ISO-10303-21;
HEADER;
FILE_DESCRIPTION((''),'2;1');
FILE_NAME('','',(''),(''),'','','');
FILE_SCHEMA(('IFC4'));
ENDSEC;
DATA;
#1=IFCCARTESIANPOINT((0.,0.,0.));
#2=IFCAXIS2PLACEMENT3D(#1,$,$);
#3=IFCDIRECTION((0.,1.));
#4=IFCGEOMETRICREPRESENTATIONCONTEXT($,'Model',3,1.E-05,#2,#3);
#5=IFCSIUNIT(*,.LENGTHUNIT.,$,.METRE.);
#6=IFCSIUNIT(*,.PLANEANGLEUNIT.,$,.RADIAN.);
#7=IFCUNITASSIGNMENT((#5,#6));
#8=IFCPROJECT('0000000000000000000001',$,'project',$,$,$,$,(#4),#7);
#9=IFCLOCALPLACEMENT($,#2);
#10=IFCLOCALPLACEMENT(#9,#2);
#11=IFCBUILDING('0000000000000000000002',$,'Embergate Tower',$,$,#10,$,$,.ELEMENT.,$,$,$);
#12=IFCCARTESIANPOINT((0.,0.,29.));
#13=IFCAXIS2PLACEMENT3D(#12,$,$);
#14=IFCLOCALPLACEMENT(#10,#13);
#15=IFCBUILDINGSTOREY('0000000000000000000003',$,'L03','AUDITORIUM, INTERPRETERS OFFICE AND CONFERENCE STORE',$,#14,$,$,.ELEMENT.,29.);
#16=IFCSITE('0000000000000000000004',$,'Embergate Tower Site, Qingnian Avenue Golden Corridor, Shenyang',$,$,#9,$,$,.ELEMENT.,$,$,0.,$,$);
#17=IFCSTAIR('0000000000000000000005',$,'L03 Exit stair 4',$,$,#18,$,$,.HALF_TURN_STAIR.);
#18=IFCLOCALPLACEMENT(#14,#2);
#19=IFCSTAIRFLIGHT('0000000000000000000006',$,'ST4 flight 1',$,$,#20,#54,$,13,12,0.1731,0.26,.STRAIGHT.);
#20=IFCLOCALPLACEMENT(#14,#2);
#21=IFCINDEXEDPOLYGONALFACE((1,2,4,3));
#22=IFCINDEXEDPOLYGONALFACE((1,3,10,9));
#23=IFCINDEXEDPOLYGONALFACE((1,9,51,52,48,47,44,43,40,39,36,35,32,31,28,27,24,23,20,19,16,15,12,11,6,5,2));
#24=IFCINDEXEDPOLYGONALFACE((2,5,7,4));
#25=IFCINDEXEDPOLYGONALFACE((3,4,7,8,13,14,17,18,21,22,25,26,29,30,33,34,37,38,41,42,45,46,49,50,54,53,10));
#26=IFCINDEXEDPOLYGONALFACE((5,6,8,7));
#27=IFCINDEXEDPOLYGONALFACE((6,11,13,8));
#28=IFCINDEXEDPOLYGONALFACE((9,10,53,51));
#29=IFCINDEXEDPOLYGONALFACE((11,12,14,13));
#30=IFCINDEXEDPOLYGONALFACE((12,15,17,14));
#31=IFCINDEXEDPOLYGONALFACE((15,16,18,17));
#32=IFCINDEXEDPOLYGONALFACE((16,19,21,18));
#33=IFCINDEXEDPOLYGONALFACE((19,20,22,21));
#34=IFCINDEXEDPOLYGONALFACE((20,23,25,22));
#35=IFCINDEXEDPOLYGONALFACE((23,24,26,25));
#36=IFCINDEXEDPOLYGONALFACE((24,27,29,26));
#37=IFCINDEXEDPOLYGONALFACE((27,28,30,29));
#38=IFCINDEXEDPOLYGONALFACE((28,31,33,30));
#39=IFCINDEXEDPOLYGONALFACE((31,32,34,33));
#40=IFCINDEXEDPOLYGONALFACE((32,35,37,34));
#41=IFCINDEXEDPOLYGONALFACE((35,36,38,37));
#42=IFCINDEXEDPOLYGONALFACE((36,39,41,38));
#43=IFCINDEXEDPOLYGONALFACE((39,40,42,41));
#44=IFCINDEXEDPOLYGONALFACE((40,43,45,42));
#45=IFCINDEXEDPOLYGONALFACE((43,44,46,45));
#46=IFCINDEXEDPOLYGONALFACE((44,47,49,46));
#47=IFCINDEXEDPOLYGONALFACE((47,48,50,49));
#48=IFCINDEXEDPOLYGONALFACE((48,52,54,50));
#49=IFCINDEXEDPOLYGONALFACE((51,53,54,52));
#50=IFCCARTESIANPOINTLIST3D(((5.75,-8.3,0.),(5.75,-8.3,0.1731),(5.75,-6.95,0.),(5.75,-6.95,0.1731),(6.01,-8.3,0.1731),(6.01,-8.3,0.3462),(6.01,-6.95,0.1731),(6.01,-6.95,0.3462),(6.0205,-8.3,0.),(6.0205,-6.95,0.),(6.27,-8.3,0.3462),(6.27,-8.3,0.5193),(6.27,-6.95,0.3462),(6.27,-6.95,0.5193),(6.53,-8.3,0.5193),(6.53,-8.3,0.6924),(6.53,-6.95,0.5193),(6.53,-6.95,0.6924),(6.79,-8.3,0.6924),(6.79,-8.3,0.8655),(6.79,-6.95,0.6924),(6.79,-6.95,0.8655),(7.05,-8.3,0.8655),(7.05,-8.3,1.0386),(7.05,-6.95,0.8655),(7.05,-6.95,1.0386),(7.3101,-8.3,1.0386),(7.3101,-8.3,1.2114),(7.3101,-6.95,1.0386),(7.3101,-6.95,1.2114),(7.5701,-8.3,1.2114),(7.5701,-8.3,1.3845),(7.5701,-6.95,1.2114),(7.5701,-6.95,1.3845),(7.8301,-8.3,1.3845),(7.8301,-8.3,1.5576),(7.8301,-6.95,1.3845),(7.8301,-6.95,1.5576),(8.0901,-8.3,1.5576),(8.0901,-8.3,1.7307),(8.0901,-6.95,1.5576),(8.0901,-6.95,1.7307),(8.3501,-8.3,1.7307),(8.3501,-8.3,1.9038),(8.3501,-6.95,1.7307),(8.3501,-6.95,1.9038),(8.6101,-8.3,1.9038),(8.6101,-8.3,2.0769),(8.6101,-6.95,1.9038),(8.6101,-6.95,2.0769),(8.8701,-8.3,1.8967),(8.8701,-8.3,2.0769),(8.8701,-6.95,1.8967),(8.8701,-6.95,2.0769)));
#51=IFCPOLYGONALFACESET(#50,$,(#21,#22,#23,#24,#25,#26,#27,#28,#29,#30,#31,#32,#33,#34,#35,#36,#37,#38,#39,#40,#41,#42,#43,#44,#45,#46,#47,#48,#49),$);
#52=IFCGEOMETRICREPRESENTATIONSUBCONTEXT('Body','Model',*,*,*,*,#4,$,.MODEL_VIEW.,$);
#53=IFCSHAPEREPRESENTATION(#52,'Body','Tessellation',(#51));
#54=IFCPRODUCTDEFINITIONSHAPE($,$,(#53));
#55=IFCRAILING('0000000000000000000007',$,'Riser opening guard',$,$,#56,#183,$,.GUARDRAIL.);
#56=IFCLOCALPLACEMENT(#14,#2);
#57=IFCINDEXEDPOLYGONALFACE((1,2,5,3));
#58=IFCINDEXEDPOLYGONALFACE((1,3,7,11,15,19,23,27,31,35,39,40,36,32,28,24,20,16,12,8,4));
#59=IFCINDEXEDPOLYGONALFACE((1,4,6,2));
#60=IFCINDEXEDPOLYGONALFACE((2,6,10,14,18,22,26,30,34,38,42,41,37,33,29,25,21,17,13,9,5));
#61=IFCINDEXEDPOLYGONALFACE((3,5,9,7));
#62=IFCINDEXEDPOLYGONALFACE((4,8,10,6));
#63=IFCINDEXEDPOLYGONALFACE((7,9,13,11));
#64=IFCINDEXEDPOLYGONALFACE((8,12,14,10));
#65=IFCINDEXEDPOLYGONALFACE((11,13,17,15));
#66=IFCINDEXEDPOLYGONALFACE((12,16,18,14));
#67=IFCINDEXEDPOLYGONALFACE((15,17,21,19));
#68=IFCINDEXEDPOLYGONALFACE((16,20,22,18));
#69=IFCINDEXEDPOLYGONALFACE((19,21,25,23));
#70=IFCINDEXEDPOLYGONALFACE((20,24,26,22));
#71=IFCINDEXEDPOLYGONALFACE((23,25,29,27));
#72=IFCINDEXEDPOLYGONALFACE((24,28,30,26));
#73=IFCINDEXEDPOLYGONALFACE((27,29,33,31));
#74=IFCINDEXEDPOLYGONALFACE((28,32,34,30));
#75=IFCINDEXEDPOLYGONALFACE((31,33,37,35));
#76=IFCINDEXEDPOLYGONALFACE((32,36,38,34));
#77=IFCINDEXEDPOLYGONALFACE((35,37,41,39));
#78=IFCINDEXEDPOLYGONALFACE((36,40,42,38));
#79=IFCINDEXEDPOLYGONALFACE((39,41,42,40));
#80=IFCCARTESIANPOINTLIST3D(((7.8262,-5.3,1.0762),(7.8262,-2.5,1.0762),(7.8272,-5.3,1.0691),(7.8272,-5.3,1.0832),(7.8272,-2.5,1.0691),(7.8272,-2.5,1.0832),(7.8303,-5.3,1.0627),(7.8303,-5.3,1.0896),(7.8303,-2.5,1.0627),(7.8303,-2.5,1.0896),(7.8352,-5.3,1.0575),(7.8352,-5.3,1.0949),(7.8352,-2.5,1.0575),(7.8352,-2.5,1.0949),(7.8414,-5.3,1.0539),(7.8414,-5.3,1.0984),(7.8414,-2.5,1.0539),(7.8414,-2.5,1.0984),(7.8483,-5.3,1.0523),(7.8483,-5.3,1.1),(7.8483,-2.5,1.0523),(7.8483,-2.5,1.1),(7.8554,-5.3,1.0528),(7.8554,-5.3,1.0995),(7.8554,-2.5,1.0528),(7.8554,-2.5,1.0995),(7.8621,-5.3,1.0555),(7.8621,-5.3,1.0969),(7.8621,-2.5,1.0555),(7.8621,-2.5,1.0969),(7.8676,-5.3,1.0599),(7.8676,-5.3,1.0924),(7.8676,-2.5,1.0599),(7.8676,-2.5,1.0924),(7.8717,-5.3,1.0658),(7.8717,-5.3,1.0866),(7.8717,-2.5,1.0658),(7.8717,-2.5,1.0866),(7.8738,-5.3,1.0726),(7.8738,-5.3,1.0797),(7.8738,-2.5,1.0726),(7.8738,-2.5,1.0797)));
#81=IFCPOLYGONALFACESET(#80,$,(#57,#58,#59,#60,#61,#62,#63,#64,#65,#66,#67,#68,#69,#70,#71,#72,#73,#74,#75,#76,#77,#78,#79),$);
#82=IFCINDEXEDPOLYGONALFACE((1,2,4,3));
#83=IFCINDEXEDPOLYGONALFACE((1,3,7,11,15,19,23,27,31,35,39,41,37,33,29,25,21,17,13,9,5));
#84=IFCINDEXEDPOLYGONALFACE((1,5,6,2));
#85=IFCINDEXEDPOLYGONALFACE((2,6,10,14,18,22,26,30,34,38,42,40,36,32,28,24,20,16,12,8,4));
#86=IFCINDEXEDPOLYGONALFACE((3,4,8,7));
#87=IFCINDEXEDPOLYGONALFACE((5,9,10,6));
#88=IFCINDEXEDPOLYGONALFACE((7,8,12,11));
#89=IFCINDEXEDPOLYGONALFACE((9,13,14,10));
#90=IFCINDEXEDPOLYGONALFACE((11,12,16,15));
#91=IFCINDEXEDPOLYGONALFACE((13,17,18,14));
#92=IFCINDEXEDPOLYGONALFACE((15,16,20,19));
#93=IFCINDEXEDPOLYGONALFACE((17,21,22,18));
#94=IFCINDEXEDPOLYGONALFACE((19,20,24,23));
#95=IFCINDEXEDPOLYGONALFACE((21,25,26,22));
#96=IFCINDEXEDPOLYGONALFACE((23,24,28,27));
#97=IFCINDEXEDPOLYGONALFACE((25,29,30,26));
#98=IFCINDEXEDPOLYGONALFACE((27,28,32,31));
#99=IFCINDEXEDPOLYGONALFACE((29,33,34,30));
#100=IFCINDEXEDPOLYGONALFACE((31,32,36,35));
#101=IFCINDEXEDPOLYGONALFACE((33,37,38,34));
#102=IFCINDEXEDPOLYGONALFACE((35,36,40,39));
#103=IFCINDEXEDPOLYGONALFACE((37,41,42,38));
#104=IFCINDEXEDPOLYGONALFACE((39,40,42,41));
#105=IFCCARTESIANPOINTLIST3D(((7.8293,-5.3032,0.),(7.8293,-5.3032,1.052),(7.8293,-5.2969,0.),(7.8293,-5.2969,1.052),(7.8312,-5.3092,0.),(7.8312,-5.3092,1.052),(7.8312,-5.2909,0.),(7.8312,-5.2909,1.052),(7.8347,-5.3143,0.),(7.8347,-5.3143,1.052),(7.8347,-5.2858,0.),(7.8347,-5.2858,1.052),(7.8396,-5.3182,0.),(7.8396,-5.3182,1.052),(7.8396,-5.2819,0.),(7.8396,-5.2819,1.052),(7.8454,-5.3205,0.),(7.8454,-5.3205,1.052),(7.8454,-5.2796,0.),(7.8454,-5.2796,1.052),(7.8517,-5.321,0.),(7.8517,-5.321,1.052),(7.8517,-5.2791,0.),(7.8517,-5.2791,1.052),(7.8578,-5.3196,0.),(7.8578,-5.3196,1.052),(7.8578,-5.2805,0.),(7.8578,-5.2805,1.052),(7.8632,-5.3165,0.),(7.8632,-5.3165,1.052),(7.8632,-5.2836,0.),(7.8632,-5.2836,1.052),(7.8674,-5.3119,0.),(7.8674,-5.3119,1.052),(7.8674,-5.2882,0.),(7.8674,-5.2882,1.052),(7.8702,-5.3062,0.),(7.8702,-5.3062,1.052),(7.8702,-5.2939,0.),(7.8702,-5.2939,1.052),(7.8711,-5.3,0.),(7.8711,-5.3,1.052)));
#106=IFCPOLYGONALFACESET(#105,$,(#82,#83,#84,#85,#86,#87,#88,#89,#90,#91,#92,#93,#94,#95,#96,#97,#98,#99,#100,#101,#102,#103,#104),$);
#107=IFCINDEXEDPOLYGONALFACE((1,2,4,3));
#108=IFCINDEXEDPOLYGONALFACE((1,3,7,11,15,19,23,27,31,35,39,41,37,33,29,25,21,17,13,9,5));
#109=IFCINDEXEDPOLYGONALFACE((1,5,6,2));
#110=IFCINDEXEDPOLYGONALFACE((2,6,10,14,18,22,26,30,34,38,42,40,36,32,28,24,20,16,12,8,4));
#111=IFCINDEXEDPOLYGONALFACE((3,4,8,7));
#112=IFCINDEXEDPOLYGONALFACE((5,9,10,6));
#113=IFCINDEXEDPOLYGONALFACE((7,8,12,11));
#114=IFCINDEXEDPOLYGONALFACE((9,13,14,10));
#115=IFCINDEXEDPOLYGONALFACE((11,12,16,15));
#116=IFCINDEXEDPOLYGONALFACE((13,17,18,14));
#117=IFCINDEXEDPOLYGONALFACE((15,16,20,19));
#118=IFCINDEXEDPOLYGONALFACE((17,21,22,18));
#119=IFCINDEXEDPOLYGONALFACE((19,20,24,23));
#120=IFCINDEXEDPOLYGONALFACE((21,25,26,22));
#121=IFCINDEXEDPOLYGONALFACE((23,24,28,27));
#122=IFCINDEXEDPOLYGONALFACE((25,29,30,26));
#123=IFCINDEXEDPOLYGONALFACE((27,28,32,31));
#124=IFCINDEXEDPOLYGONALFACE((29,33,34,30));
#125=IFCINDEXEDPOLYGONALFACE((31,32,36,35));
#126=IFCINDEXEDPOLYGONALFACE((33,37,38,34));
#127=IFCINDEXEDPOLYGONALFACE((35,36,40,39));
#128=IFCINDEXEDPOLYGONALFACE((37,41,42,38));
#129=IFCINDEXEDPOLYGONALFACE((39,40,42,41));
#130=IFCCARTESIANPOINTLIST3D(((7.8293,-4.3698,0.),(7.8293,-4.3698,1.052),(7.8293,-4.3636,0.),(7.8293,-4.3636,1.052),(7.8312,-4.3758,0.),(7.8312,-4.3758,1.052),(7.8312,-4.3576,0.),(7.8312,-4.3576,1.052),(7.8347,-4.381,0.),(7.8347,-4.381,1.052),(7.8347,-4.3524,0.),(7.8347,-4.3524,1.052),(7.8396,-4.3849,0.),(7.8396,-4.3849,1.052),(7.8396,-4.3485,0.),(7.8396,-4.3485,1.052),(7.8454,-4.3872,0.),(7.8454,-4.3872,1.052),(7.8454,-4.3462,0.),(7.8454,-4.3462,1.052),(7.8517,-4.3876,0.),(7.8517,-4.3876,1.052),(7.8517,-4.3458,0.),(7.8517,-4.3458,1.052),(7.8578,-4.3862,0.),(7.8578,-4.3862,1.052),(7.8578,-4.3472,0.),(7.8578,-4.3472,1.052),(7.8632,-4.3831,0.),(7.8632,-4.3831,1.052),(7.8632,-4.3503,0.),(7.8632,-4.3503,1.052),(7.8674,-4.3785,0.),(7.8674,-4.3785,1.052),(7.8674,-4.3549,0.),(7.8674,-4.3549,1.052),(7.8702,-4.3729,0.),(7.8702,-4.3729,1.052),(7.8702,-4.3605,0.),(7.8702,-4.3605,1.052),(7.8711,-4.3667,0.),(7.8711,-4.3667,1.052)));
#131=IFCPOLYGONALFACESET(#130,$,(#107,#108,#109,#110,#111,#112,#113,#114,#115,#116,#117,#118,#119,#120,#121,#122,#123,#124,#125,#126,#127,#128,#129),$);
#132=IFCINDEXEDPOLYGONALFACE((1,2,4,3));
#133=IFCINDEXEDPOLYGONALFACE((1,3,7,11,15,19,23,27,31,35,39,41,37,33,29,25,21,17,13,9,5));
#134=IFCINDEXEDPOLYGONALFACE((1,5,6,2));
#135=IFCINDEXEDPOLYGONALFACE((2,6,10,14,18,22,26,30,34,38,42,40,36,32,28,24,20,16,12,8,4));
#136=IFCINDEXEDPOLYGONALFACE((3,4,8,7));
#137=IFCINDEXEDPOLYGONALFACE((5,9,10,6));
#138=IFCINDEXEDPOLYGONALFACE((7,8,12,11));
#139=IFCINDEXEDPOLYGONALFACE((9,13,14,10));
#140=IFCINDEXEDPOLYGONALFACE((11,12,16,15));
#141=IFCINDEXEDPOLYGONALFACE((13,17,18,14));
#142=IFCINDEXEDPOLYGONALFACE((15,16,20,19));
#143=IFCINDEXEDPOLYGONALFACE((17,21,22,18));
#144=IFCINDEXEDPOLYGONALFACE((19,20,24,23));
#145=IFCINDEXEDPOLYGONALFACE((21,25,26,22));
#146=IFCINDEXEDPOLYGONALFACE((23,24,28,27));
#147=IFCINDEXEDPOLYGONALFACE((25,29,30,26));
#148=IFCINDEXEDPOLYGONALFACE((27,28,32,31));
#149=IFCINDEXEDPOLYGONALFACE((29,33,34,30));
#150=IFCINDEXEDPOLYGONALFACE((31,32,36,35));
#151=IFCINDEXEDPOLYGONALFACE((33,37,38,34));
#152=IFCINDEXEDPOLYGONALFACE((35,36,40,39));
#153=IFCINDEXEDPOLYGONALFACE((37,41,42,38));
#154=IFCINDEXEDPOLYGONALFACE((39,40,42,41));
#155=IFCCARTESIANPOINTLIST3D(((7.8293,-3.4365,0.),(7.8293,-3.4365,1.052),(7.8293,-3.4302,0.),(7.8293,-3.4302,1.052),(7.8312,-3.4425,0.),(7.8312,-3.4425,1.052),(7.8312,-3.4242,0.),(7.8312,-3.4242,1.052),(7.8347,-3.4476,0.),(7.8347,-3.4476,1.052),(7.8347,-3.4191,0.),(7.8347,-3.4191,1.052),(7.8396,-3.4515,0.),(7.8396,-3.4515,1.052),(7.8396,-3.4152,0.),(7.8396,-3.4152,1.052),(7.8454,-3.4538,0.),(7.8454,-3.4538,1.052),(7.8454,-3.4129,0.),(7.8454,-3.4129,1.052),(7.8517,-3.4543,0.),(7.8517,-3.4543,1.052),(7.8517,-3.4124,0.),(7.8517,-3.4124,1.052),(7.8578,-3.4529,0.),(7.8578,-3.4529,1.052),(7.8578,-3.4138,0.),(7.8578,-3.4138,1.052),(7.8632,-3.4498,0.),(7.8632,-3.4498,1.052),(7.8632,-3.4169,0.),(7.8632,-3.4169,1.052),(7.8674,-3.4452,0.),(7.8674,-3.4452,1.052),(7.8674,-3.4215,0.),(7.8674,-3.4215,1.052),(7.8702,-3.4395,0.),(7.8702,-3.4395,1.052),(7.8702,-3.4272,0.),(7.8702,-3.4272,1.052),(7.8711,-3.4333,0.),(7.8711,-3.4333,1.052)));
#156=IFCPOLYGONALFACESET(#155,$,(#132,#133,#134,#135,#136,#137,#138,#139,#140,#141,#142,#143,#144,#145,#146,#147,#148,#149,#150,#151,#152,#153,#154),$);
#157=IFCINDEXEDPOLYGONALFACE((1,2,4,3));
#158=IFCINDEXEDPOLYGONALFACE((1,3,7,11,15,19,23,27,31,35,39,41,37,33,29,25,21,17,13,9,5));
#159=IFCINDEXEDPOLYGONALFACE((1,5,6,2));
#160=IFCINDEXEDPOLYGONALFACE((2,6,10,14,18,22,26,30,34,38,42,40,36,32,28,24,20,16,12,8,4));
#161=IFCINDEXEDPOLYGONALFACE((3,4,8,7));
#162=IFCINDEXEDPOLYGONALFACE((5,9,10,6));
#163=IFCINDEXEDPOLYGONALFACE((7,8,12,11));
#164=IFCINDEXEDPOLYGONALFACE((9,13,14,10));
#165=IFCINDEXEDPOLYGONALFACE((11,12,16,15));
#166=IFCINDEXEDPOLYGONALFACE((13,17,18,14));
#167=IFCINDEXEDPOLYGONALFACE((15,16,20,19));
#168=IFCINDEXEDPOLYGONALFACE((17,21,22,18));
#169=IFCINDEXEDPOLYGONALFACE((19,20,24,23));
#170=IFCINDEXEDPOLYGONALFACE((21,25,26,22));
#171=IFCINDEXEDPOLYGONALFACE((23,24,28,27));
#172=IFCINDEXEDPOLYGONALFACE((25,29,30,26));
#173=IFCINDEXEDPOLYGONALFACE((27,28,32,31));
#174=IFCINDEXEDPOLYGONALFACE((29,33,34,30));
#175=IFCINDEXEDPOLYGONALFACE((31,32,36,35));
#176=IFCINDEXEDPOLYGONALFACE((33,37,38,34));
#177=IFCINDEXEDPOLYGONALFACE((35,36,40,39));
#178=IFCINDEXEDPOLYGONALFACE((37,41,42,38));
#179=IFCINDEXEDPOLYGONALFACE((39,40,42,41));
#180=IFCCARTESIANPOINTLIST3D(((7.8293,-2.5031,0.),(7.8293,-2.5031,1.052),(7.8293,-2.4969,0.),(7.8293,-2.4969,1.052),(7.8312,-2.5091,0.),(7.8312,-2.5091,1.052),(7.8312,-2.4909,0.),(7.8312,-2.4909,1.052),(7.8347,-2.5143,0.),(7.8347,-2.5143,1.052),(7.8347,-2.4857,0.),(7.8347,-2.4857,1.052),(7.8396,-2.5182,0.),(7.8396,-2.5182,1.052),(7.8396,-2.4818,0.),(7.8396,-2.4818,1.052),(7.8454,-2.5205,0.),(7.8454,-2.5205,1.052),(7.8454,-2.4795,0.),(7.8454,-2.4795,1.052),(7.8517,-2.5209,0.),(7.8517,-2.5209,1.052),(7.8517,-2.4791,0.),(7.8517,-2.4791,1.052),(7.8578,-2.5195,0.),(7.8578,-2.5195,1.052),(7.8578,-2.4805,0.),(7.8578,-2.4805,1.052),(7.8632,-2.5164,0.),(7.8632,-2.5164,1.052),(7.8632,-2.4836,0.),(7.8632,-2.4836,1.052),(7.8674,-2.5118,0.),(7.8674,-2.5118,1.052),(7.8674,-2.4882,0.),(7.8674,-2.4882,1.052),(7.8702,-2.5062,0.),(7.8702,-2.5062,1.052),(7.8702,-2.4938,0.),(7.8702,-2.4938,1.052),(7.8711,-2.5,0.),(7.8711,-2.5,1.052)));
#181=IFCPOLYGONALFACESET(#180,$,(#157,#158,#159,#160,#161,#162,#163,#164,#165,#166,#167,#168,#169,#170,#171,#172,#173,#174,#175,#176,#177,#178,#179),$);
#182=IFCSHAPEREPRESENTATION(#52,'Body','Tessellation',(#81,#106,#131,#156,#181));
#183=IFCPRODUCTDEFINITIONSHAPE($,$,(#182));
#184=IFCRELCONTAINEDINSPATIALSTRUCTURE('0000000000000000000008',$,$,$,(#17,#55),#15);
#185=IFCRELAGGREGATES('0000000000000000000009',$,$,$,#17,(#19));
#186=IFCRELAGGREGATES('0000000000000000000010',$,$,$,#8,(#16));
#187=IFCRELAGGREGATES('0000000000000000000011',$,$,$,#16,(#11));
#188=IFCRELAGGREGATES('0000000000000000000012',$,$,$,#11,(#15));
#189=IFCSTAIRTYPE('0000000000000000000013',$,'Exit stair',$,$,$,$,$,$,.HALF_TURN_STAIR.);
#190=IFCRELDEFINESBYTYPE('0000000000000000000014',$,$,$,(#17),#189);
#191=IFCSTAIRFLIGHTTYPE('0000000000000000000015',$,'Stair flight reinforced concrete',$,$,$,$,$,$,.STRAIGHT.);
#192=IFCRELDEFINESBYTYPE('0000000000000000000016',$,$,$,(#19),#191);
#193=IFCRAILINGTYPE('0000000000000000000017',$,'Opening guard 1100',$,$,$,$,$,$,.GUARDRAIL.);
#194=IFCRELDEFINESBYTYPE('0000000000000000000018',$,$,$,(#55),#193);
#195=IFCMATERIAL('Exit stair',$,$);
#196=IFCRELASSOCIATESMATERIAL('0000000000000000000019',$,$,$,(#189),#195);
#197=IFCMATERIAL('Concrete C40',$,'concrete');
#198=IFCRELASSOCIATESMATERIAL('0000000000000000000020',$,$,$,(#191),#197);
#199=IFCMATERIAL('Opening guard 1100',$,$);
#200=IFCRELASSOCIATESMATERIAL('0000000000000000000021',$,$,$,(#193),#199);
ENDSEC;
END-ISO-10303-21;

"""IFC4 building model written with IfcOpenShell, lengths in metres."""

from ifc_helpers import new_model, si_unit, direction, frame, origin, origin_2d, place, context, subcontext, project, spatial, polyline, circle, outline, extrude, source, transform, mapped, material, type_object, element, aggregate, save


model = new_model("IFC4")

# Units and contexts
model_context = context("Model", 3, precision=1e-05, world=origin(), true_north=direction((0.0, 1.0)))
body_context = subcontext(model_context, "Body", "Model", "MODEL_VIEW")
ifc_project = project(units=[si_unit("LENGTHUNIT", "METRE"), si_unit("PLANEANGLEUNIT", "RADIAN")], contexts=[model_context])

# Site, building, storey
site_placement = place(None, origin())
site = spatial("IfcSite", under=ifc_project, at=site_placement, Name="Embergate Tower Site, Qingnian Avenue Golden Corridor, Shenyang", CompositionType="ELEMENT", RefElevation=0.0)
building_placement = place(site_placement, origin())
building = spatial("IfcBuilding", under=site, at=building_placement, Name="Embergate Tower", CompositionType="ELEMENT")
storey_placement = place(building_placement, frame((0.0, 0.0, 29.0)))
storey = spatial("IfcBuildingStorey", under=building, at=storey_placement, Name="L03", Description="AUDITORIUM, INTERPRETERS OFFICE AND CONFERENCE STORE", CompositionType="ELEMENT", Elevation=29.0)

# Stair, stair flight
ifc_material_1 = material(Name="Exit stair")
stair_type = type_object("IfcStairType", Name="Exit stair", PredefinedType="HALF_TURN_STAIR", material=ifc_material_1)
stair_placement = place(storey_placement, origin())
stair = element("IfcStair", 1, at=stair_placement, inside=storey, type_object=stair_type, Name="L03 Exit stair 4", PredefinedType="HALF_TURN_STAIR")
ifc_material_2 = material(Name="Concrete C40", Category="concrete")
stair_flight_type = type_object("IfcStairFlightType", Name="Stair flight reinforced concrete", PredefinedType="STRAIGHT", material=ifc_material_2)
shared_shape_1 = source(origin(), body_context, "Body", "SweptSolid", [
    extrude(outline(polyline([(0.0, 0.0), (0.0, 0.1731), (0.26, 0.1731), (0.26, 0.3462), (0.52, 0.3462), (0.52, 0.5193), (0.78, 0.5193), (0.78, 0.6924), (1.04, 0.6924), (1.04, 0.8655), (1.3, 0.8655), (1.3, 1.0386), (1.5601, 1.0386), (1.5601, 1.2114), (1.8201, 1.2114), (1.8201, 1.3845), (2.0801, 1.3845), (2.0801, 1.5576), (2.3401, 1.5576), (2.3401, 1.7307), (2.6001, 1.7307), (2.6001, 1.9038), (2.8601, 1.9038), (2.8601, 2.0769), (3.1201, 2.0769), (3.1201, 2.25), (3.1201, 1.8967), (0.2705, 0.0), (0.0, 0.0)])), frame((0.0, 0.675, 0.0), z_axis=(0.0, -1.0, 0.0), x_axis=(1.0, 0.0, 0.0)), (0.0, 0.0, 1.0), 1.3501),
])
stair_flight_placement = place(storey_placement, frame((5.75, -7.625, 0.0), z_axis=(0.0, 0.0, 1.0), x_axis=(1.0, 0.0, 0.0)))
stair_flight = element("IfcStairFlight", 2, at=stair_flight_placement, type_object=stair_flight_type, Name="ST4 flight 1", NumberOfRisers=13, NumberOfTreads=12, PredefinedType="STRAIGHT", RiserHeight=0.1731, TreadLength=0.26, context=body_context, shape_type="MappedRepresentation", body=[
    mapped(shared_shape_1, transform((0.0, 0.0, 0.0))),
])
aggregate(stair, [stair_flight])

# Railing
ifc_material_3 = material(Name="Opening guard 1100")
railing_type_1 = type_object("IfcRailingType", Name="Opening guard 1100", PredefinedType="GUARDRAIL", material=ifc_material_3)
shared_shape_2 = source(origin(), body_context, "Body", "SweptSolid", [
    extrude(circle(Radius=0.0239, at=origin_2d()), frame((0.0, 0.0, 1.0762), z_axis=(0.0, 1.0, 0.0), x_axis=(-1.0, 0.0, 0.0)), (0.0, 0.0, 1.0), 2.8),
    extrude(circle(Radius=0.021, at=origin_2d()), origin(), (0.0, 0.0, 1.0), 1.052),
    extrude(circle(Radius=0.021, at=origin_2d()), frame((0.0, 0.9333, 0.0)), (0.0, 0.0, 1.0), 1.052),
    extrude(circle(Radius=0.021, at=origin_2d()), frame((0.0, 1.8667, 0.0)), (0.0, 0.0, 1.0), 1.052),
    extrude(circle(Radius=0.021, at=origin_2d()), frame((0.0, 2.8, 0.0)), (0.0, 0.0, 1.0), 1.052),
])
railing_1_placement = place(storey_placement, frame((7.8501, -5.3, 0.0)))
element("IfcRailing", 3, at=railing_1_placement, inside=storey, type_object=railing_type_1, Name="Riser opening guard", PredefinedType="GUARDRAIL", context=body_context, shape_type="MappedRepresentation", body=[
    mapped(shared_shape_2, transform((0.0, 0.0, 0.0))),
])

save(model, "model.ifc")
